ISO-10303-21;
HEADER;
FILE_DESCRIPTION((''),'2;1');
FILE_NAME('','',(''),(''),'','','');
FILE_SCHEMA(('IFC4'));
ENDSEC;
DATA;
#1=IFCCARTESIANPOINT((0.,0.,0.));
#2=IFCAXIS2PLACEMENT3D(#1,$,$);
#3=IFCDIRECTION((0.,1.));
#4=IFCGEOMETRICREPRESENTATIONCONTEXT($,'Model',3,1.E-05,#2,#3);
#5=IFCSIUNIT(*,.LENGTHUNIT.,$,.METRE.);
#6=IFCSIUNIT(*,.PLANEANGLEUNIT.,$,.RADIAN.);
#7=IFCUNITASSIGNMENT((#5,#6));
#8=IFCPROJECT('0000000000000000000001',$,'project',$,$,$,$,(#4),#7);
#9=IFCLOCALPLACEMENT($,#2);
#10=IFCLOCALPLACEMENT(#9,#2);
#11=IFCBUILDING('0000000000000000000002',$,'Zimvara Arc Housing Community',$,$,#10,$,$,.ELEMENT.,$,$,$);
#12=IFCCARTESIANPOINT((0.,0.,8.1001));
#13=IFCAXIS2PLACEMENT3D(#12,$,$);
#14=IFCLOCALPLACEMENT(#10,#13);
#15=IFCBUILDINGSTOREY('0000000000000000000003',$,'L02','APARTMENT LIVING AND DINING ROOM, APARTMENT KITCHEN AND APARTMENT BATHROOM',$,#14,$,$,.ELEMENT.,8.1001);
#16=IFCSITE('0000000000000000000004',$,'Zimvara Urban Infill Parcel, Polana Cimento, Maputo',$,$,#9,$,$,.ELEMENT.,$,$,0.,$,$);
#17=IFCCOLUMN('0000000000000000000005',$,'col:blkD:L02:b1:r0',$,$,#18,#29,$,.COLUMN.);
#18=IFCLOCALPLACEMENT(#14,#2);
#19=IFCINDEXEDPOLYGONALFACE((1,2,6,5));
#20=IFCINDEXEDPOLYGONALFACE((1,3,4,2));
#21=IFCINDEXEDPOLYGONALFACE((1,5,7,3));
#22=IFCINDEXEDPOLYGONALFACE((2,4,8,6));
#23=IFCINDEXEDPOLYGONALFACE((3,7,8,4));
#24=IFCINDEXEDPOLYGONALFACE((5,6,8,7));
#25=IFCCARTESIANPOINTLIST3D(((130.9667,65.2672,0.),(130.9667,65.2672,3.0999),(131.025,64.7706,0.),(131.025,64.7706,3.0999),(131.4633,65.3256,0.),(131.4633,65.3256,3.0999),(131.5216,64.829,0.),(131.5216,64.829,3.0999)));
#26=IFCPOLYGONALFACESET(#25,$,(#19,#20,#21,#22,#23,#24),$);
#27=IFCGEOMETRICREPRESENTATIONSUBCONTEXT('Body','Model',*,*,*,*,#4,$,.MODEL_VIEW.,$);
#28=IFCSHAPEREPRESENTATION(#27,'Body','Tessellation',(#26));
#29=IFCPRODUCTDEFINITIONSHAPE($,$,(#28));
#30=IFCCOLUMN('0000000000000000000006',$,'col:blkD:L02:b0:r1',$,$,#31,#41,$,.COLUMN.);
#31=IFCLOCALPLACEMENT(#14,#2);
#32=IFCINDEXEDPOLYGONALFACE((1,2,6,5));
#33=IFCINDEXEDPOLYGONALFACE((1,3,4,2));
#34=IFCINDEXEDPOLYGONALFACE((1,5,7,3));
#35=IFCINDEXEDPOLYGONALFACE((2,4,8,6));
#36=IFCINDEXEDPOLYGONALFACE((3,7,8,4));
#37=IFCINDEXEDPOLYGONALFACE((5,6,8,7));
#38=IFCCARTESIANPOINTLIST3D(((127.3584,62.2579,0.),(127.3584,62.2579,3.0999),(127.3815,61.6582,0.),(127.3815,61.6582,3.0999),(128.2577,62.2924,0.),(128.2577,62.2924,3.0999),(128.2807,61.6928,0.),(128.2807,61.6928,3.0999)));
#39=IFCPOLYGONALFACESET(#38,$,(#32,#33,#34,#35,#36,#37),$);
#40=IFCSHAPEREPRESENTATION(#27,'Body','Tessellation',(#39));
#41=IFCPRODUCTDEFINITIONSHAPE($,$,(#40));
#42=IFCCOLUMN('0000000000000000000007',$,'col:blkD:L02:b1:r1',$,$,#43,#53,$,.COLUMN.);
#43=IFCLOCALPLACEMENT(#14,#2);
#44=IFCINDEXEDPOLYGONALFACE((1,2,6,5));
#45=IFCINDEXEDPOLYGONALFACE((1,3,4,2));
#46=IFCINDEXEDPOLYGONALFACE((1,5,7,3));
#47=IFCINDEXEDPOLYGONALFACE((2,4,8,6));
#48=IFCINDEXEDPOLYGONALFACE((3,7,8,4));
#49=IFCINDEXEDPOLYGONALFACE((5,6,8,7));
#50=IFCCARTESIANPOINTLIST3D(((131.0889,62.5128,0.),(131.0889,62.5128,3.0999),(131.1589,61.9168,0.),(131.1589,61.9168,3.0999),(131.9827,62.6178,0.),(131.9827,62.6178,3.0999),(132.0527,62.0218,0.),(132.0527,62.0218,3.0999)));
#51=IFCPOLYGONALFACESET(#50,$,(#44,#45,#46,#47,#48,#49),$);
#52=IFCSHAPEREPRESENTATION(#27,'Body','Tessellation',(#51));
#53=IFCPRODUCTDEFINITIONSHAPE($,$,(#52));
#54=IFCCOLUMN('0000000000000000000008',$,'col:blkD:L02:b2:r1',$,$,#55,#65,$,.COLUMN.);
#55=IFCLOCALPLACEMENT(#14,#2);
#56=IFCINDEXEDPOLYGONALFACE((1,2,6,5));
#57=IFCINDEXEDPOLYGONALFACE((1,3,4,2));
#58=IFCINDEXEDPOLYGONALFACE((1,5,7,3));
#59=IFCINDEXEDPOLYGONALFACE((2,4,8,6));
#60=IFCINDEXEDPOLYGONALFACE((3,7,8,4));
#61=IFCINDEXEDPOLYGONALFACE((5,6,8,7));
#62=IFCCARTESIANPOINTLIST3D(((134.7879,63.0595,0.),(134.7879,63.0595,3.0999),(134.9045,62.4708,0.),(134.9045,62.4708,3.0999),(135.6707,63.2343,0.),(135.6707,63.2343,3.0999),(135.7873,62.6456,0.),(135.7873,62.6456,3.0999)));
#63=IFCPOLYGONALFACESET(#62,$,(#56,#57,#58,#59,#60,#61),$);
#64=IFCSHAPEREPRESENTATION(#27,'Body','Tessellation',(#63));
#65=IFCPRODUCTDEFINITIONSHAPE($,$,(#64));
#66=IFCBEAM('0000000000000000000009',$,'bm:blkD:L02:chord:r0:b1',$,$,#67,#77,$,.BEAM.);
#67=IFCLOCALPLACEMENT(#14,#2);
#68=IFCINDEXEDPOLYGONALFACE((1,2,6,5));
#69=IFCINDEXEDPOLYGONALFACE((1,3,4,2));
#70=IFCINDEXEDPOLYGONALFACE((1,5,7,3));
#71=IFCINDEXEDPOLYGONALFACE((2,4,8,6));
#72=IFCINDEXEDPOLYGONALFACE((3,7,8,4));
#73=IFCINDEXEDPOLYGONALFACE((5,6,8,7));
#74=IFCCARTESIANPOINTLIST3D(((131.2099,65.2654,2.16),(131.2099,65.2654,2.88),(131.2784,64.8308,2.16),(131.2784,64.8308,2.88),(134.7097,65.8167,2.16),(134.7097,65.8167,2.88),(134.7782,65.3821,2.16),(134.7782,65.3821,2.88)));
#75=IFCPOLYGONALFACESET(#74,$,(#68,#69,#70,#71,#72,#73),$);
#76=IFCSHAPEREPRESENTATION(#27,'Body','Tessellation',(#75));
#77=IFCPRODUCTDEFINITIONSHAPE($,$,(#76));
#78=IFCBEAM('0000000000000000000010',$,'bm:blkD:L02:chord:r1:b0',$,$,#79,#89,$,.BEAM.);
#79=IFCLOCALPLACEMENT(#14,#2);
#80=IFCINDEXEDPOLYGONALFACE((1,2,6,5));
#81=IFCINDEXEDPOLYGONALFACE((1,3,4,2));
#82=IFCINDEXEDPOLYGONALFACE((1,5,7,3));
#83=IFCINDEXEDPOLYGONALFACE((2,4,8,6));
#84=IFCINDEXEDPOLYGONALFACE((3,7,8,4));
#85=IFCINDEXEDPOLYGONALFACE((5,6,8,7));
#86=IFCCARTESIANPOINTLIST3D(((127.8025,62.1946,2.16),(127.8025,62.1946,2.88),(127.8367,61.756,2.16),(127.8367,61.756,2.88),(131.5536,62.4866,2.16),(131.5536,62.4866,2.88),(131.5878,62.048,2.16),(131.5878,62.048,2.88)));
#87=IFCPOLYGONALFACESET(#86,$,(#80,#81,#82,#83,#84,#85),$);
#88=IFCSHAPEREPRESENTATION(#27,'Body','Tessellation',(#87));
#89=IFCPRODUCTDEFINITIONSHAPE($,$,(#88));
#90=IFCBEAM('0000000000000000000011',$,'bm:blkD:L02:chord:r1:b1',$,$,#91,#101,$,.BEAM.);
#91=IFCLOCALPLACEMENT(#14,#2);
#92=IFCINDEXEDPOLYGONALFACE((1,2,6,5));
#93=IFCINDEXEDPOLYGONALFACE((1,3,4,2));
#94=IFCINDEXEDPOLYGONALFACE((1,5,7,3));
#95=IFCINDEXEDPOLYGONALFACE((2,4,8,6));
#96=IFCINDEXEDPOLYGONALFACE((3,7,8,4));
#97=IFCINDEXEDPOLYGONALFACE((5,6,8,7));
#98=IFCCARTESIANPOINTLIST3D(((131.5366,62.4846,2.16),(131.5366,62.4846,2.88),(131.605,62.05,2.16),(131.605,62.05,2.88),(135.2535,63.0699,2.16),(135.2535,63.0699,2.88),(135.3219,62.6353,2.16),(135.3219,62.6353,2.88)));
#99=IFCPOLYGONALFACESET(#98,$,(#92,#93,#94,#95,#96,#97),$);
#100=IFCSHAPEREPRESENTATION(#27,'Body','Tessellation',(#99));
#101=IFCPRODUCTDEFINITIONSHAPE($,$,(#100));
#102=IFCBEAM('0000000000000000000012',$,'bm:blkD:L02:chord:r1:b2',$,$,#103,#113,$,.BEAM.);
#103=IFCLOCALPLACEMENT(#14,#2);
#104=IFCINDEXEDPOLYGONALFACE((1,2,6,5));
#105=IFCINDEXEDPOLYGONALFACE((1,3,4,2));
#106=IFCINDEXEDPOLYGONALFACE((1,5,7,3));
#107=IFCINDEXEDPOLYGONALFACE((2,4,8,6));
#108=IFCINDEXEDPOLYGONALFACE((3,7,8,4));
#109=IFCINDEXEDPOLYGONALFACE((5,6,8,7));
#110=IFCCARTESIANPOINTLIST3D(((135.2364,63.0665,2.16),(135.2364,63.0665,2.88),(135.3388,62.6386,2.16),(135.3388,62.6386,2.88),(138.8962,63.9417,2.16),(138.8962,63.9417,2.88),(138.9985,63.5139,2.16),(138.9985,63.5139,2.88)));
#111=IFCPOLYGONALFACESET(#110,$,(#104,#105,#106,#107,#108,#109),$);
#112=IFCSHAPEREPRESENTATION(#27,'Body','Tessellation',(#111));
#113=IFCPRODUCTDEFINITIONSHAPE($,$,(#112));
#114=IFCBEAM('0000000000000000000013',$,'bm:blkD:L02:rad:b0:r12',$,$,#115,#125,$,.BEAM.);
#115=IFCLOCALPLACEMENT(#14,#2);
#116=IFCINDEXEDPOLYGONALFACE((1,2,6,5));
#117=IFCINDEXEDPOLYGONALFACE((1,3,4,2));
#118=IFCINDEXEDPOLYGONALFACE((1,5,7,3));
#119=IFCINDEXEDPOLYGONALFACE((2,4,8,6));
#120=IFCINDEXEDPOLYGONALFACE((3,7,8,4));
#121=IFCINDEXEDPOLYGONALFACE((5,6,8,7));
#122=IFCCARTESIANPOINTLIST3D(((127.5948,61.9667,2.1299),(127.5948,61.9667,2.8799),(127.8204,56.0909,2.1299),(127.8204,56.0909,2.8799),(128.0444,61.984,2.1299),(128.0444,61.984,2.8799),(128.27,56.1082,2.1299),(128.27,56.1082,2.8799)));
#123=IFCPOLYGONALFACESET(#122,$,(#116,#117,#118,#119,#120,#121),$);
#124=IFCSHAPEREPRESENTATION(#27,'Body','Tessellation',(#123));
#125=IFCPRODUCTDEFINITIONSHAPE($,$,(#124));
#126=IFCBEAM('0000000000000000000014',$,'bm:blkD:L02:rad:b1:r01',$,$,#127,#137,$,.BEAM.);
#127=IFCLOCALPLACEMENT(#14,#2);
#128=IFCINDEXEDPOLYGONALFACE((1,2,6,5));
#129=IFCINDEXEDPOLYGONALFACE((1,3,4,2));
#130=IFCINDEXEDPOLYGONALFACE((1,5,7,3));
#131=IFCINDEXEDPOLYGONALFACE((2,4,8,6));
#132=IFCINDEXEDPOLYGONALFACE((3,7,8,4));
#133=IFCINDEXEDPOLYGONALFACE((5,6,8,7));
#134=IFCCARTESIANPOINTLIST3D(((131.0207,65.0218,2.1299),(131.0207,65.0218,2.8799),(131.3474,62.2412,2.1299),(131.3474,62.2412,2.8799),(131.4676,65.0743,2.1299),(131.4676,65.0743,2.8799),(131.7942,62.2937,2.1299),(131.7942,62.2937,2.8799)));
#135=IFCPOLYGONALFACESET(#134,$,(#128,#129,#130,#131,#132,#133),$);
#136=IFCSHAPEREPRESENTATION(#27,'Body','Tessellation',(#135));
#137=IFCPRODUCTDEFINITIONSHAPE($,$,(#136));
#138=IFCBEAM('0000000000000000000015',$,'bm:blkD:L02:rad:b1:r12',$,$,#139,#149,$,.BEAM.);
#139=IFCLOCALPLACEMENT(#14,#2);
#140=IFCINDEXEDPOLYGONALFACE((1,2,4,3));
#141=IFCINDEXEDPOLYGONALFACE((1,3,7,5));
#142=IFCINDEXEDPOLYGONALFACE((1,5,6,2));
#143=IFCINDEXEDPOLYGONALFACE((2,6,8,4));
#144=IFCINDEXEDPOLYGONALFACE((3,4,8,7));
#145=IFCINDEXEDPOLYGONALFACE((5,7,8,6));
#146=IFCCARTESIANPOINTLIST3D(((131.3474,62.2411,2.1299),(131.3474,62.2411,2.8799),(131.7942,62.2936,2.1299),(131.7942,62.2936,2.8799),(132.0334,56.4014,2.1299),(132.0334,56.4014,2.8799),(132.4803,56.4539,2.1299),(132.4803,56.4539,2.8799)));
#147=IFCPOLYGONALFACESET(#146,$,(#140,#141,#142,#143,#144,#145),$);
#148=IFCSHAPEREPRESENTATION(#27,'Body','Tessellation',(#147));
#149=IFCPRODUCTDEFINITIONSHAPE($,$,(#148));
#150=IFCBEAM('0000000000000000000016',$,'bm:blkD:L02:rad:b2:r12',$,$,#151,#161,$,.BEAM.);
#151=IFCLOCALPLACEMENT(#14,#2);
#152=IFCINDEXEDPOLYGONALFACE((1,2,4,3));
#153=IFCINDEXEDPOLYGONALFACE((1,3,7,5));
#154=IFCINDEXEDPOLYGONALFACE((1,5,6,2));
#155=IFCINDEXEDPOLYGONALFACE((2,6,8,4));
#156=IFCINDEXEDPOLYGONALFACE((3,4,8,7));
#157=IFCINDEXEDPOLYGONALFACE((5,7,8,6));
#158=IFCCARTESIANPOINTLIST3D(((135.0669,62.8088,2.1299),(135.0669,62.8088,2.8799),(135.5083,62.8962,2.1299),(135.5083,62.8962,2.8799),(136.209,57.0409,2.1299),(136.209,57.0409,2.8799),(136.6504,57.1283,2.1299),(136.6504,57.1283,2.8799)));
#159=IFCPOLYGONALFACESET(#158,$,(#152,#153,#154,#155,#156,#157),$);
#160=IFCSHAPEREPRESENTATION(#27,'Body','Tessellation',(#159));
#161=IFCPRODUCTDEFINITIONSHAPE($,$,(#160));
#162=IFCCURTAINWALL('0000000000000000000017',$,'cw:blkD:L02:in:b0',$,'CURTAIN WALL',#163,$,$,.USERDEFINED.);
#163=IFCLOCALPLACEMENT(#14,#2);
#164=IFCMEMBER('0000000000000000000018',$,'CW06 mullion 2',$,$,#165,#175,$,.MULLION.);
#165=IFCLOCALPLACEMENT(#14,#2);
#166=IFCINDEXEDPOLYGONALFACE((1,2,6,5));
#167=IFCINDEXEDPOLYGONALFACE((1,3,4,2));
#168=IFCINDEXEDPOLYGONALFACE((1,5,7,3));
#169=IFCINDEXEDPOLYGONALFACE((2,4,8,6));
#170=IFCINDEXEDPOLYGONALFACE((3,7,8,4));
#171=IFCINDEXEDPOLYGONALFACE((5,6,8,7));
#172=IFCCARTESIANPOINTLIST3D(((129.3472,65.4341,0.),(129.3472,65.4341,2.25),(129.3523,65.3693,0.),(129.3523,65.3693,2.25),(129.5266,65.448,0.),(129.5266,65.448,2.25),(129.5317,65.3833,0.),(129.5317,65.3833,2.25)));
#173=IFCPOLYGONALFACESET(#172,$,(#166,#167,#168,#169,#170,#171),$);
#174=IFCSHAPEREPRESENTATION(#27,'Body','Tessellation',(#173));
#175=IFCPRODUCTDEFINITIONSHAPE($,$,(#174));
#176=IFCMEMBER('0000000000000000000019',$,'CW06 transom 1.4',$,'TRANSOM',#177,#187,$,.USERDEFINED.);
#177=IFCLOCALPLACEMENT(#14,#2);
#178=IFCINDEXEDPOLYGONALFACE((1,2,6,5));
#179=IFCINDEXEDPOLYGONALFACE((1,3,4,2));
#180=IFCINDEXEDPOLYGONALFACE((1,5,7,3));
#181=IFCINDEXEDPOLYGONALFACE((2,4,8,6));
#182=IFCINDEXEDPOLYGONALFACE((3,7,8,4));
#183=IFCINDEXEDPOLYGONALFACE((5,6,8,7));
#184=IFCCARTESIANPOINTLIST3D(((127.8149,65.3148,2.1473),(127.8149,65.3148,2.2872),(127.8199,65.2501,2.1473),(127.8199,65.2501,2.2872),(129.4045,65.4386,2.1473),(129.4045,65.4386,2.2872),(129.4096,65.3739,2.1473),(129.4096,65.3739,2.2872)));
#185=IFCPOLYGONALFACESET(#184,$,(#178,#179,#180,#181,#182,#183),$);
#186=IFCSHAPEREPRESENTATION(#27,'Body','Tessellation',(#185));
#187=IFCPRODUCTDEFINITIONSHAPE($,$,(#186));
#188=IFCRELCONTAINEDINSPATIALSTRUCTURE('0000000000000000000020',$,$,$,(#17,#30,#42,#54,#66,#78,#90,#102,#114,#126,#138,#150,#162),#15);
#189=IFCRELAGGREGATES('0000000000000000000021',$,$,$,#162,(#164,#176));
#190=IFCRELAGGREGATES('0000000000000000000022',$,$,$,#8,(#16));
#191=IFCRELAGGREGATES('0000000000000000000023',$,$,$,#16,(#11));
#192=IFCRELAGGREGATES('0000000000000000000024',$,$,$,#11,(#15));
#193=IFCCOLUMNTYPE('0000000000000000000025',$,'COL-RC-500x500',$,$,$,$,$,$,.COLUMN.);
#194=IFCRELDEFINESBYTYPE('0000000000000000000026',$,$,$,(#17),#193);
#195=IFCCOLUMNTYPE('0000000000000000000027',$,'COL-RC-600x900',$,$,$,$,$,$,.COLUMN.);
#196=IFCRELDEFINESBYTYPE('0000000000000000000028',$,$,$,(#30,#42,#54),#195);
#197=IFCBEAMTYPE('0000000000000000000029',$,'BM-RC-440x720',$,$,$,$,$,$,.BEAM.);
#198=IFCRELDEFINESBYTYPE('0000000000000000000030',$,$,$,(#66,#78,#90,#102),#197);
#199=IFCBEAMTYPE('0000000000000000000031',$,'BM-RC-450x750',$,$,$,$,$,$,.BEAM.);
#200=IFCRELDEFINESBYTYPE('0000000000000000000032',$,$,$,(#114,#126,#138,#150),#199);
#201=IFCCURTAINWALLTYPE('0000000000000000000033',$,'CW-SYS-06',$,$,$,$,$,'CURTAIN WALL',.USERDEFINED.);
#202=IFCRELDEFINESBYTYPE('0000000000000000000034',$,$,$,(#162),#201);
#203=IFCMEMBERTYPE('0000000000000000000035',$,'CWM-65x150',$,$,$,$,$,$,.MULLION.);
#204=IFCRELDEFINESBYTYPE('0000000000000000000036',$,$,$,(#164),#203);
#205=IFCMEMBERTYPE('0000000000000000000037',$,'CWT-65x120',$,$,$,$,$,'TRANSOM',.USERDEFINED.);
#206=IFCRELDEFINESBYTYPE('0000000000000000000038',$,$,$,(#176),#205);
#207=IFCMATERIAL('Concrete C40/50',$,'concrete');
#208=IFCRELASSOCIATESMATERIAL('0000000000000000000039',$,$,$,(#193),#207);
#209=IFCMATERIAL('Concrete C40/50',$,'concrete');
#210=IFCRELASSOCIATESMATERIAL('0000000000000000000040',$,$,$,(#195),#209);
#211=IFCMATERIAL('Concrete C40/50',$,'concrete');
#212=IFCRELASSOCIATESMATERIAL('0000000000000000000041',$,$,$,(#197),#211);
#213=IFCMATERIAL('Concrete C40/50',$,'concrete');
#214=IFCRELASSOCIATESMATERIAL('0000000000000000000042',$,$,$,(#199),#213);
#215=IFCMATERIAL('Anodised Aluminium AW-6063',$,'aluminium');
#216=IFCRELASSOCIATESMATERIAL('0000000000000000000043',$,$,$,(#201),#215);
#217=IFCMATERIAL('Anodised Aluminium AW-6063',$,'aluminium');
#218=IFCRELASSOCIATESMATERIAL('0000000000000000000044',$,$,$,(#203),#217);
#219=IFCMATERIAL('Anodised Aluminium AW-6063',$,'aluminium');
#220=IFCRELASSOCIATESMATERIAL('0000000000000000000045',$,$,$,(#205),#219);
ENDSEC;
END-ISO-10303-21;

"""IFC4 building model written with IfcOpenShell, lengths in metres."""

from ifc_helpers import new_model, si_unit, direction, frame, origin, origin_2d, place, context, subcontext, project, spatial, rectangle, extrude, material, material_profile, profile_set, type_object, element, aggregate, save


model = new_model("IFC4")

# Units and contexts
model_context = context("Model", 3, precision=1e-05, world=origin(), true_north=direction((0.0, 1.0)))
body_context = subcontext(model_context, "Body", "Model", "MODEL_VIEW")
ifc_project = project(units=[si_unit("LENGTHUNIT", "METRE"), si_unit("PLANEANGLEUNIT", "RADIAN")], contexts=[model_context])

# Site, building, storey
site_placement = place(None, origin())
site = spatial("IfcSite", under=ifc_project, at=site_placement, Name="Zimvara Urban Infill Parcel, Polana Cimento, Maputo", CompositionType="ELEMENT", RefElevation=0.0)
building_placement = place(site_placement, origin())
building = spatial("IfcBuilding", under=site, at=building_placement, Name="Zimvara Arc Housing Community", CompositionType="ELEMENT")
storey_placement = place(building_placement, frame((0.0, 0.0, 8.1001)))
storey = spatial("IfcBuildingStorey", under=building, at=storey_placement, Name="L02", Description="APARTMENT LIVING AND DINING ROOM, APARTMENT KITCHEN AND APARTMENT BATHROOM", CompositionType="ELEMENT", Elevation=8.1001)

# Columns
ifc_material_1 = material(Name="Concrete C40/50", Category="concrete")
ifc_material_profile_1 = material_profile(ifc_material_1, rectangle(XDim=0.5, YDim=0.5, at=origin_2d()), Name="RC 500x500")
ifc_profile_set_1 = profile_set([ifc_material_profile_1], Name="Concrete C40/50")
column_type_1 = type_object("IfcColumnType", Name="COL-RC-500x500", PredefinedType="COLUMN", material=ifc_profile_set_1)
column_placement = place(storey_placement, frame((131.2441, 65.0481, 0.0), z_axis=(0.0, 0.0, 1.0), x_axis=(0.116671, -0.993171, 0.0)))
element("IfcColumn", 1, at=column_placement, inside=storey, type_object=column_type_1, Name="col:blkD:L02:b1:r0", PredefinedType="COLUMN", context=body_context, shape_type="SweptSolid", body=[
    extrude(rectangle(XDim=0.5, YDim=0.5, at=origin_2d()), origin(), (0.0, 0.0, 1.0), 3.0999),
])
ifc_material_2 = material(Name="Concrete C40/50", Category="concrete")
ifc_material_profile_2 = material_profile(ifc_material_2, rectangle(XDim=0.6001, YDim=0.8999, at=origin_2d()), Name="RC 600x900")
ifc_profile_set_2 = profile_set([ifc_material_profile_2], Name="Concrete C40/50")
column_type_2 = type_object("IfcColumnType", Name="COL-RC-600x900", PredefinedType="COLUMN", material=ifc_profile_set_2)
for number, where, z_axis, x_axis, name in (
    (2, (127.8196, 61.9753, 0.0), (0.0, 0.0, 1.0), (0.038388, -0.999263, 0.0), "col:blkD:L02:b0:r1"),
    (3, (131.5708, 62.2673, 0.0), (0.0, 0.0, 1.0), (0.116671, -0.993171, 0.0), "col:blkD:L02:b1:r1"),
    (4, (135.2876, 62.8525, 0.0), (0.0, 0.0, 1.0), (0.194234, -0.980955, 0.0), "col:blkD:L02:b2:r1"),
):
    element("IfcColumn", number, at=place(storey_placement, frame(where, z_axis=z_axis, x_axis=x_axis)), inside=storey, type_object=column_type_2, Name=name, PredefinedType="COLUMN", context=body_context, shape_type="SweptSolid", body=[
        extrude(rectangle(XDim=0.6001, YDim=0.8999, at=origin_2d()), origin(), (0.0, 0.0, 1.0), 3.0999),
    ])

# Beams
ifc_material_3 = material(Name="Concrete C40/50", Category="concrete")
ifc_material_profile_3 = material_profile(ifc_material_3, rectangle(XDim=0.4399, YDim=0.72, at=origin_2d()), Name="RC 440x720")
ifc_profile_set_3 = profile_set([ifc_material_profile_3], Name="Concrete C40/50")
beam_type_1 = type_object("IfcBeamType", Name="BM-RC-440x720", PredefinedType="BEAM", material=ifc_profile_set_3)
beam_1_placement = place(storey_placement, frame((131.2441, 65.0481, 2.52), z_axis=(0.98782, 0.155598, 0.0), x_axis=(-0.155598, 0.98782, 0.0)))
element("IfcBeam", 5, at=beam_1_placement, inside=storey, type_object=beam_type_1, Name="bm:blkD:L02:chord:r0:b1", PredefinedType="BEAM", context=body_context, shape_type="SweptSolid", body=[
    extrude(rectangle(XDim=0.4399, YDim=0.72, at=origin_2d()), origin(), (0.0, 0.0, 1.0), 3.543),
])
beam_2_placement = place(storey_placement, frame((127.8196, 61.9753, 2.52), z_axis=(0.996984, 0.077604, 0.0), x_axis=(-0.077604, 0.996984, 0.0)))
element("IfcBeam", 6, at=beam_2_placement, inside=storey, type_object=beam_type_1, Name="bm:blkD:L02:chord:r1:b0", PredefinedType="BEAM", context=body_context, shape_type="SweptSolid", body=[
    extrude(rectangle(XDim=0.4399, YDim=0.72, at=origin_2d()), origin(), (0.0, 0.0, 1.0), 3.7625),
])
beam_3_placement = place(storey_placement, frame((131.5708, 62.2673, 2.52), z_axis=(0.987831, 0.155533, 0.0), x_axis=(-0.155533, 0.987831, 0.0)))
element("IfcBeam", 7, at=beam_3_placement, inside=storey, type_object=beam_type_1, Name="bm:blkD:L02:chord:r1:b1", PredefinedType="BEAM", context=body_context, shape_type="SweptSolid", body=[
    extrude(rectangle(XDim=0.4399, YDim=0.72, at=origin_2d()), origin(), (0.0, 0.0, 1.0), 3.7627),
])
beam_4_placement = place(storey_placement, frame((135.2876, 62.8525, 2.52), z_axis=(0.972573, 0.2326, 0.0), x_axis=(-0.2326, 0.972573, 0.0)))
element("IfcBeam", 8, at=beam_4_placement, inside=storey, type_object=beam_type_1, Name="bm:blkD:L02:chord:r1:b2", PredefinedType="BEAM", context=body_context, shape_type="SweptSolid", body=[
    extrude(rectangle(XDim=0.4399, YDim=0.72, at=origin_2d()), origin(), (0.0, 0.0, 1.0), 3.7629),
])
ifc_material_4 = material(Name="Concrete C40/50", Category="concrete")
ifc_material_profile_4 = material_profile(ifc_material_4, rectangle(XDim=0.45, YDim=0.75, at=origin_2d()), Name="RC 450x750")
ifc_profile_set_4 = profile_set([ifc_material_profile_4], Name="Concrete C40/50")
beam_type_2 = type_object("IfcBeamType", Name="BM-RC-450x750", PredefinedType="BEAM", material=ifc_profile_set_4)
beam_5_placement = place(storey_placement, frame((127.8196, 61.9753, 2.5049), z_axis=(0.038365, -0.999264, 0.0), x_axis=(0.999264, 0.038365, 0.0)))
element("IfcBeam", 9, at=beam_5_placement, inside=storey, type_object=beam_type_2, Name="bm:blkD:L02:rad:b0:r12", PredefinedType="BEAM", context=body_context, shape_type="SweptSolid", body=[
    extrude(rectangle(XDim=0.45, YDim=0.75, at=origin_2d()), origin(), (0.0, 0.0, 1.0), 5.8801),
])
beam_6_placement = place(storey_placement, frame((131.2441, 65.0481, 2.5049), z_axis=(0.116669, -0.993171, 0.0), x_axis=(0.993171, 0.116669, 0.0)))
element("IfcBeam", 10, at=beam_6_placement, inside=storey, type_object=beam_type_2, Name="bm:blkD:L02:rad:b1:r01", PredefinedType="BEAM", context=body_context, shape_type="SweptSolid", body=[
    extrude(rectangle(XDim=0.45, YDim=0.75, at=origin_2d()), origin(), (0.0, 0.0, 1.0), 2.7998),
])
for number, where, z_axis, x_axis, name in (
    (11, (131.5708, 62.2673, 2.5049), (0.116673, -0.99317, 0.0), (0.99317, 0.116673, 0.0), "bm:blkD:L02:rad:b1:r12"),
    (12, (135.2876, 62.8525, 2.5049), (0.194239, -0.980954, 0.0), (0.980954, 0.194239, 0.0), "bm:blkD:L02:rad:b2:r12"),
):
    element("IfcBeam", number, at=place(storey_placement, frame(where, z_axis=z_axis, x_axis=x_axis)), inside=storey, type_object=beam_type_2, Name=name, PredefinedType="BEAM", context=body_context, shape_type="SweptSolid", body=[
        extrude(rectangle(XDim=0.45, YDim=0.75, at=origin_2d()), origin(), (0.0, 0.0, 1.0), 5.8799),
    ])

# Curtain wall, members
ifc_material_5 = material(Name="Anodised Aluminium AW-6063", Category="aluminium")
curtain_wall_type = type_object("IfcCurtainWallType", Name="CW-SYS-06", ElementType="CURTAIN WALL", PredefinedType="USERDEFINED", material=ifc_material_5)
curtain_wall_placement = place(storey_placement, origin())
curtain_wall = element("IfcCurtainWall", 13, at=curtain_wall_placement, inside=storey, type_object=curtain_wall_type, Name="cw:blkD:L02:in:b0", ObjectType="CURTAIN WALL", PredefinedType="USERDEFINED")
ifc_material_6 = material(Name="Anodised Aluminium AW-6063", Category="aluminium")
ifc_material_profile_5 = material_profile(ifc_material_6, rectangle(XDim=0.0649, YDim=0.1799, at=origin_2d()), Name="ALU 65x180")
ifc_profile_set_5 = profile_set([ifc_material_profile_5], Name="Anodised Aluminium AW-6063")
member_type_1 = type_object("IfcMemberType", Name="CWM-65x150", PredefinedType="MULLION", material=ifc_profile_set_5)
member_1_placement = place(storey_placement, frame((129.4395, 65.4087, 0.0), z_axis=(0.0, 0.0, 1.0), x_axis=(-0.07759, 0.996985, 0.0)))
member_1 = element("IfcMember", 14, at=member_1_placement, type_object=member_type_1, Name="CW06 mullion 2", PredefinedType="MULLION", context=body_context, shape_type="SweptSolid", body=[
    extrude(rectangle(XDim=0.0649, YDim=0.1799, at=origin_2d()), origin(), (0.0, 0.0, 1.0), 2.25),
])
ifc_material_7 = material(Name="Anodised Aluminium AW-6063", Category="aluminium")
ifc_material_profile_6 = material_profile(ifc_material_7, rectangle(XDim=0.0649, YDim=0.1399, at=origin_2d()), Name="ALU 65x140")
ifc_profile_set_6 = profile_set([ifc_material_profile_6], Name="Anodised Aluminium AW-6063")
member_type_2 = type_object("IfcMemberType", Name="CWT-65x120", ElementType="TRANSOM", PredefinedType="USERDEFINED", material=ifc_profile_set_6)
member_2_placement = place(storey_placement, frame((127.8174, 65.2825, 2.2173), z_axis=(0.996982, 0.077633, 0.0), x_axis=(-0.077633, 0.996982, 0.0)))
member_2 = element("IfcMember", 15, at=member_2_placement, type_object=member_type_2, Name="CW06 transom 1.4", ObjectType="TRANSOM", PredefinedType="USERDEFINED", context=body_context, shape_type="SweptSolid", body=[
    extrude(rectangle(XDim=0.0649, YDim=0.1399, at=origin_2d()), origin(), (0.0, 0.0, 1.0), 1.5945),
])
aggregate(curtain_wall, [member_1, member_2])

save(model, "model.ifc")
